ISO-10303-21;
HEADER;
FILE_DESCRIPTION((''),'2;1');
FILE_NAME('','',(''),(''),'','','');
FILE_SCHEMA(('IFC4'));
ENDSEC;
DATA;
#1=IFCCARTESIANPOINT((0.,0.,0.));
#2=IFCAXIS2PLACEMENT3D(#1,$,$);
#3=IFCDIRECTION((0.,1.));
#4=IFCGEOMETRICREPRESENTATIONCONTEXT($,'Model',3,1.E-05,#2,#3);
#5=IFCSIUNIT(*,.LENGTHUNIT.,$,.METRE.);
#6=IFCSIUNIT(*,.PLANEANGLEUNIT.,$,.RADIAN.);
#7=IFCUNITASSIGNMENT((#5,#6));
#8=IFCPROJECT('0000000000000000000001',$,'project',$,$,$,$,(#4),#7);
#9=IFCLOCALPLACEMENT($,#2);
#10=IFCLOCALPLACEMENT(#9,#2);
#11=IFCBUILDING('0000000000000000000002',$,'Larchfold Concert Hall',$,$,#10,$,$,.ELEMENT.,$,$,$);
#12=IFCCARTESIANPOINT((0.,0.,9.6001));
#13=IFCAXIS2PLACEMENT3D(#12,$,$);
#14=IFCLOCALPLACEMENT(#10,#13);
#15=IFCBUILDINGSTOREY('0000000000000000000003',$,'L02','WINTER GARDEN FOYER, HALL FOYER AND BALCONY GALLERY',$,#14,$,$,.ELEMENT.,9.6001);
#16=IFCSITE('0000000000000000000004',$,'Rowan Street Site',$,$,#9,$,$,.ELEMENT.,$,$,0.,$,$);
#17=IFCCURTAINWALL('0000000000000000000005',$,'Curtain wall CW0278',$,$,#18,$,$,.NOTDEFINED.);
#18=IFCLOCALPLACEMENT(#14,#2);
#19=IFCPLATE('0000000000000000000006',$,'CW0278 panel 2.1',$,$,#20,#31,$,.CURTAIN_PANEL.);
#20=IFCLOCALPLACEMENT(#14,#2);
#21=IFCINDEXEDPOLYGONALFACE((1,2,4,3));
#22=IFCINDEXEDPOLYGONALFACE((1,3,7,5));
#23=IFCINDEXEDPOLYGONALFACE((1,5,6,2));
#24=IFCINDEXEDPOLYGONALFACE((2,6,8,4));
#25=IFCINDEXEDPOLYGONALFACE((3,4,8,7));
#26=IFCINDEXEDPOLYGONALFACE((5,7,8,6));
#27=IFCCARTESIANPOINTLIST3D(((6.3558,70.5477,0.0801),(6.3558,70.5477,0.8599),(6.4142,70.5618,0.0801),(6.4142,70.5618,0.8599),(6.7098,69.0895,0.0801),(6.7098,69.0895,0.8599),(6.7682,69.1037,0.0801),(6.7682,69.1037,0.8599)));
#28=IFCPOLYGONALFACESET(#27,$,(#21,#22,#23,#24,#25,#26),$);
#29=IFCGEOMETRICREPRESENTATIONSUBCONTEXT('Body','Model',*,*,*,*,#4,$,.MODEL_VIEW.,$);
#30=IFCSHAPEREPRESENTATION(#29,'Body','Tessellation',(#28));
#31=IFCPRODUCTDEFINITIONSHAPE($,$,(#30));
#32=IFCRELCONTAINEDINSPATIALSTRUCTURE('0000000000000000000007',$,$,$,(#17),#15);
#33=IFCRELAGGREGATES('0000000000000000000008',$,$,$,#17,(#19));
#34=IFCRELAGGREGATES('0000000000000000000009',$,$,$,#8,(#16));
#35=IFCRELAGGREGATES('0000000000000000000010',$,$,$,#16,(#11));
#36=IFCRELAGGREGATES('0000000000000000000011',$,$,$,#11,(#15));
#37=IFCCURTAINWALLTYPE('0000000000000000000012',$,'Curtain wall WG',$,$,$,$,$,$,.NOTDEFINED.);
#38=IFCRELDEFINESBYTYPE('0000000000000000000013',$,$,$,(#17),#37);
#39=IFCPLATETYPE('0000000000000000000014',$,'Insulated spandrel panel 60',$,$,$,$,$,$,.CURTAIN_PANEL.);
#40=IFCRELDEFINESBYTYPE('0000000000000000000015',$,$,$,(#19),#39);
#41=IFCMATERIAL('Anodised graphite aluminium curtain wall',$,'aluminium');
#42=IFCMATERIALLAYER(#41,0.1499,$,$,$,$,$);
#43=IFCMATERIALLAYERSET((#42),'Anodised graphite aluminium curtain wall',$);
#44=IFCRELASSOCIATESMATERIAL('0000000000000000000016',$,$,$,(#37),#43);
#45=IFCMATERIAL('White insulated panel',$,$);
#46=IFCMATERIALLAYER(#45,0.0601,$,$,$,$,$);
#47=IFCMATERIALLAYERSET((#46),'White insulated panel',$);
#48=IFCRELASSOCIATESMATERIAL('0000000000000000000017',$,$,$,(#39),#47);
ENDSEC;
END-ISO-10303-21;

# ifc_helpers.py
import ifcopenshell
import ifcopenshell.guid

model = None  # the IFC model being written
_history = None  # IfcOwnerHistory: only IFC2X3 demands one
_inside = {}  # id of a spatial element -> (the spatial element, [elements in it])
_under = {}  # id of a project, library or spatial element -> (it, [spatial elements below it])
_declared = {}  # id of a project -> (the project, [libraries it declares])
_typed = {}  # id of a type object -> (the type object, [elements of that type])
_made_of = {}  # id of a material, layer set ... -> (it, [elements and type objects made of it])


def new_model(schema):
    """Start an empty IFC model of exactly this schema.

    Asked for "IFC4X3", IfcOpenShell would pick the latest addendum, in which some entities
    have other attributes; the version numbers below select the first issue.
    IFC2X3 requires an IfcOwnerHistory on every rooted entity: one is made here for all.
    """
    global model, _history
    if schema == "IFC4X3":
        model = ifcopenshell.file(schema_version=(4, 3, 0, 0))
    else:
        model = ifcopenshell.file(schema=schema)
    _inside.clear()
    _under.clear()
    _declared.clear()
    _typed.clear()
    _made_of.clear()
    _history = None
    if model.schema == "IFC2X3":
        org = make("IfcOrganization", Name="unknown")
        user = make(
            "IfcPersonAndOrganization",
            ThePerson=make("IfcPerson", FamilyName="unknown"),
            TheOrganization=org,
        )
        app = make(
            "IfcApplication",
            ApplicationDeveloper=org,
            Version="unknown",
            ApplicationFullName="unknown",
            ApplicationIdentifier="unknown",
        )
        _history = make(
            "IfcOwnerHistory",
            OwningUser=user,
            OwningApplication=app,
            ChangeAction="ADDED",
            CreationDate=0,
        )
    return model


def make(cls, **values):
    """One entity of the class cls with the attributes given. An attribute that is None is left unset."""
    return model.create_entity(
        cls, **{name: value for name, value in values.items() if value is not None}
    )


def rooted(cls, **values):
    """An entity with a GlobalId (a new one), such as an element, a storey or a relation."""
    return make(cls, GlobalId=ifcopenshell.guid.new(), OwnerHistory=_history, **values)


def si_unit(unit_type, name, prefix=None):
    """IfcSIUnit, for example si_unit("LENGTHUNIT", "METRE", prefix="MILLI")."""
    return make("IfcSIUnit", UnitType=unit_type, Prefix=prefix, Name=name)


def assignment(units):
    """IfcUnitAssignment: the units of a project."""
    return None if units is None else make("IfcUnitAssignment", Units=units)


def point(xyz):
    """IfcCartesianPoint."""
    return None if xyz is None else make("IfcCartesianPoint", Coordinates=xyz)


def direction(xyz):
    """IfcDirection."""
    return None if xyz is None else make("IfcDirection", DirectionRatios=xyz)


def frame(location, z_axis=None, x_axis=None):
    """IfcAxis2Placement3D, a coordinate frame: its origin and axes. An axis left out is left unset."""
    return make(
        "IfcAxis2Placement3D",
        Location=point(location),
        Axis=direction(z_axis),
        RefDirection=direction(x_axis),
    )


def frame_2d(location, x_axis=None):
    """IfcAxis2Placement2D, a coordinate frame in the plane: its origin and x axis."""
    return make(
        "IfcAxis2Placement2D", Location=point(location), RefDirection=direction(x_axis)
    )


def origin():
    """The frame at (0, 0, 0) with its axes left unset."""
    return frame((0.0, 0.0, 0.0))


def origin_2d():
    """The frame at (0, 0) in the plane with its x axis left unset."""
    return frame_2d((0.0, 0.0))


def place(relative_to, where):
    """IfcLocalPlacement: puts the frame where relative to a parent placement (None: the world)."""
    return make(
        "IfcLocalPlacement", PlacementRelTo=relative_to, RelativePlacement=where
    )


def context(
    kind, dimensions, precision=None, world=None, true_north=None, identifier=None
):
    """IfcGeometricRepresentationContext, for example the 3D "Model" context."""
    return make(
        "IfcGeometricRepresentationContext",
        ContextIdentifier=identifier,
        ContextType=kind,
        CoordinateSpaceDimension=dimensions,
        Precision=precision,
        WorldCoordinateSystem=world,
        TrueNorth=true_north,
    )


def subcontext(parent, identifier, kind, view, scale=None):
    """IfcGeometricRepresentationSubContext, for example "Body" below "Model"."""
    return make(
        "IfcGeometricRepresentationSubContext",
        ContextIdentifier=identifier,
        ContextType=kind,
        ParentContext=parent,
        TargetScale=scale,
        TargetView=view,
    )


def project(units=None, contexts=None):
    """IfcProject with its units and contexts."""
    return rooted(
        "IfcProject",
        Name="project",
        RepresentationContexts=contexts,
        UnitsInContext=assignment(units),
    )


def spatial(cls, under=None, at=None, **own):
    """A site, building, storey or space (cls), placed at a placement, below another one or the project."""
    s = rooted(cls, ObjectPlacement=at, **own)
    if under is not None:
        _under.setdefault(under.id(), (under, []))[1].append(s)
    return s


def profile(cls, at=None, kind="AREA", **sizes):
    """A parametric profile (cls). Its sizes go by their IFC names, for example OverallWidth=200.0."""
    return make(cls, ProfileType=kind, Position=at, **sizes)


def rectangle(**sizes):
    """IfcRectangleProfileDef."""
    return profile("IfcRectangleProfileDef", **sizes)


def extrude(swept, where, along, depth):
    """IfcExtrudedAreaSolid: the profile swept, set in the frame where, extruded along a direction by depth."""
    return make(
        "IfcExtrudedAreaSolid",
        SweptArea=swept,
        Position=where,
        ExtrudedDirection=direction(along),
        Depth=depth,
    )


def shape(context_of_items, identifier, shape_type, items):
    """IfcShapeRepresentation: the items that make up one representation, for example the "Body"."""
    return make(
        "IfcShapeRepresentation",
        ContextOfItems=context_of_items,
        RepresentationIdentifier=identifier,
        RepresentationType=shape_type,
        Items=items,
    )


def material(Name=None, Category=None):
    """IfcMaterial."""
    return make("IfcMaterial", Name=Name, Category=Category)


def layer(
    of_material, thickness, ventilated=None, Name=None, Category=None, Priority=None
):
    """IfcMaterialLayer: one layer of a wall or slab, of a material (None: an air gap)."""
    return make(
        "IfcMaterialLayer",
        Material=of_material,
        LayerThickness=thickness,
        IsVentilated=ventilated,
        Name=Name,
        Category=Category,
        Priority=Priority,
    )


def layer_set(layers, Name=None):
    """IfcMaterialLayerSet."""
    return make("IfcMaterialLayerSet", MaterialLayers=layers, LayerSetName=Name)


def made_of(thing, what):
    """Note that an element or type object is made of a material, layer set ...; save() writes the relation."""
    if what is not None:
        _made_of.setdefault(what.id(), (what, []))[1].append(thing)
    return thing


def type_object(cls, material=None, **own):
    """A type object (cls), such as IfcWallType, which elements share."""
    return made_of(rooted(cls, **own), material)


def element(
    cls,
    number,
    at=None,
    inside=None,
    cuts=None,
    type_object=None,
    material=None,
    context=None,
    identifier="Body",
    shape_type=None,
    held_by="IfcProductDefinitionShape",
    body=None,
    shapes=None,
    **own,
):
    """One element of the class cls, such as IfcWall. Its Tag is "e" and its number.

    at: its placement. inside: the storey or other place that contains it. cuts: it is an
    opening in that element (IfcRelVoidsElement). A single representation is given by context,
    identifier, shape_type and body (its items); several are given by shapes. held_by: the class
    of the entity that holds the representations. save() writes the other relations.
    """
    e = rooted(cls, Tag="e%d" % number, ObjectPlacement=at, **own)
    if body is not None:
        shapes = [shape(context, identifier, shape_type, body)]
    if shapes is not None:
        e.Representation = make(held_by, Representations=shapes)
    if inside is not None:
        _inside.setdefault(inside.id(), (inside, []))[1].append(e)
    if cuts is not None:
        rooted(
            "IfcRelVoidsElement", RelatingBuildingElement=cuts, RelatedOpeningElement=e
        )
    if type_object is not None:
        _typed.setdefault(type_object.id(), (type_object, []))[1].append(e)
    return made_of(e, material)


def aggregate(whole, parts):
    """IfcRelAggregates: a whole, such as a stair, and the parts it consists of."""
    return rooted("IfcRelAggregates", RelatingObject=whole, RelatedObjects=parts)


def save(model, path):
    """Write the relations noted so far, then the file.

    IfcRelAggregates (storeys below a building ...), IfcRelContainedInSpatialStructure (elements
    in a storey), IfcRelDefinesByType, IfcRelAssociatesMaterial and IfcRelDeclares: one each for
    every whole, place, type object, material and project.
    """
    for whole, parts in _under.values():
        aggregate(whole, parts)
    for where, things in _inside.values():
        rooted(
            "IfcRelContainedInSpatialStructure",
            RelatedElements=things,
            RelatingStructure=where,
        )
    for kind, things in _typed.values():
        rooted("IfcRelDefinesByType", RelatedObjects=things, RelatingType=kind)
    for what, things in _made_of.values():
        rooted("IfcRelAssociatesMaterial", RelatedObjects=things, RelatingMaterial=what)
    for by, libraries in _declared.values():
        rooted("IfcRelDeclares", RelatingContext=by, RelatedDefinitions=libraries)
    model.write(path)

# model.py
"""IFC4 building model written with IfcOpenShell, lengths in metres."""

from ifc_helpers import new_model, si_unit, direction, frame, origin, origin_2d, place, context, subcontext, project, spatial, rectangle, extrude, material, layer, layer_set, type_object, element, aggregate, save


model = new_model("IFC4")

# Units and contexts
model_context = context("Model", 3, precision=1e-05, world=origin(), true_north=direction((0.0, 1.0)))
body_context = subcontext(model_context, "Body", "Model", "MODEL_VIEW")
ifc_project = project(units=[si_unit("LENGTHUNIT", "METRE"), si_unit("PLANEANGLEUNIT", "RADIAN")], contexts=[model_context])

# Site, building, storey
site_placement = place(None, origin())
site = spatial("IfcSite", under=ifc_project, at=site_placement, Name="Rowan Street Site", CompositionType="ELEMENT", RefElevation=0.0)
building_placement = place(site_placement, origin())
building = spatial("IfcBuilding", under=site, at=building_placement, Name="Larchfold Concert Hall", CompositionType="ELEMENT")
storey_placement = place(building_placement, frame((0.0, 0.0, 9.6001)))
storey = spatial("IfcBuildingStorey", under=building, at=storey_placement, Name="L02", Description="WINTER GARDEN FOYER, HALL FOYER AND BALCONY GALLERY", CompositionType="ELEMENT", Elevation=9.6001)

# Curtain wall
ifc_material_1 = material(Name="Anodised graphite aluminium curtain wall", Category="aluminium")
ifc_layer_1 = layer(ifc_material_1, 0.1499)
ifc_layer_set_1 = layer_set([ifc_layer_1], Name="Anodised graphite aluminium curtain wall")
curtain_wall_type = type_object("IfcCurtainWallType", Name="Curtain wall WG", PredefinedType="NOTDEFINED", material=ifc_layer_set_1)
curtain_wall_1_placement = place(storey_placement, origin())
curtain_wall_1 = element("IfcCurtainWall", 1, at=curtain_wall_1_placement, inside=storey, type_object=curtain_wall_type, Name="Curtain wall CW0278", PredefinedType="NOTDEFINED")

# Plate
ifc_material_2 = material(Name="White insulated panel")
ifc_layer_2 = layer(ifc_material_2, 0.0601)
ifc_layer_set_2 = layer_set([ifc_layer_2], Name="White insulated panel")
plate_type_1 = type_object("IfcPlateType", Name="Insulated spandrel panel 60", PredefinedType="CURTAIN_PANEL", material=ifc_layer_set_2)
plate_1_placement = place(storey_placement, frame((6.562, 69.8257, 0.0801), z_axis=(0.0, 0.0, 1.0), x_axis=(0.235938, -0.971768, 0.0)))
plate_1 = element("IfcPlate", 2, at=plate_1_placement, type_object=plate_type_1, Name="CW0278 panel 2.1", PredefinedType="CURTAIN_PANEL", context=body_context, shape_type="SweptSolid", body=[
    extrude(rectangle(XDim=1.5005, YDim=0.0601, at=origin_2d()), origin(), (0.0, 0.0, 1.0), 0.7798),
])
aggregate(curtain_wall_1, [plate_1])

save(model, "model.ifc")
